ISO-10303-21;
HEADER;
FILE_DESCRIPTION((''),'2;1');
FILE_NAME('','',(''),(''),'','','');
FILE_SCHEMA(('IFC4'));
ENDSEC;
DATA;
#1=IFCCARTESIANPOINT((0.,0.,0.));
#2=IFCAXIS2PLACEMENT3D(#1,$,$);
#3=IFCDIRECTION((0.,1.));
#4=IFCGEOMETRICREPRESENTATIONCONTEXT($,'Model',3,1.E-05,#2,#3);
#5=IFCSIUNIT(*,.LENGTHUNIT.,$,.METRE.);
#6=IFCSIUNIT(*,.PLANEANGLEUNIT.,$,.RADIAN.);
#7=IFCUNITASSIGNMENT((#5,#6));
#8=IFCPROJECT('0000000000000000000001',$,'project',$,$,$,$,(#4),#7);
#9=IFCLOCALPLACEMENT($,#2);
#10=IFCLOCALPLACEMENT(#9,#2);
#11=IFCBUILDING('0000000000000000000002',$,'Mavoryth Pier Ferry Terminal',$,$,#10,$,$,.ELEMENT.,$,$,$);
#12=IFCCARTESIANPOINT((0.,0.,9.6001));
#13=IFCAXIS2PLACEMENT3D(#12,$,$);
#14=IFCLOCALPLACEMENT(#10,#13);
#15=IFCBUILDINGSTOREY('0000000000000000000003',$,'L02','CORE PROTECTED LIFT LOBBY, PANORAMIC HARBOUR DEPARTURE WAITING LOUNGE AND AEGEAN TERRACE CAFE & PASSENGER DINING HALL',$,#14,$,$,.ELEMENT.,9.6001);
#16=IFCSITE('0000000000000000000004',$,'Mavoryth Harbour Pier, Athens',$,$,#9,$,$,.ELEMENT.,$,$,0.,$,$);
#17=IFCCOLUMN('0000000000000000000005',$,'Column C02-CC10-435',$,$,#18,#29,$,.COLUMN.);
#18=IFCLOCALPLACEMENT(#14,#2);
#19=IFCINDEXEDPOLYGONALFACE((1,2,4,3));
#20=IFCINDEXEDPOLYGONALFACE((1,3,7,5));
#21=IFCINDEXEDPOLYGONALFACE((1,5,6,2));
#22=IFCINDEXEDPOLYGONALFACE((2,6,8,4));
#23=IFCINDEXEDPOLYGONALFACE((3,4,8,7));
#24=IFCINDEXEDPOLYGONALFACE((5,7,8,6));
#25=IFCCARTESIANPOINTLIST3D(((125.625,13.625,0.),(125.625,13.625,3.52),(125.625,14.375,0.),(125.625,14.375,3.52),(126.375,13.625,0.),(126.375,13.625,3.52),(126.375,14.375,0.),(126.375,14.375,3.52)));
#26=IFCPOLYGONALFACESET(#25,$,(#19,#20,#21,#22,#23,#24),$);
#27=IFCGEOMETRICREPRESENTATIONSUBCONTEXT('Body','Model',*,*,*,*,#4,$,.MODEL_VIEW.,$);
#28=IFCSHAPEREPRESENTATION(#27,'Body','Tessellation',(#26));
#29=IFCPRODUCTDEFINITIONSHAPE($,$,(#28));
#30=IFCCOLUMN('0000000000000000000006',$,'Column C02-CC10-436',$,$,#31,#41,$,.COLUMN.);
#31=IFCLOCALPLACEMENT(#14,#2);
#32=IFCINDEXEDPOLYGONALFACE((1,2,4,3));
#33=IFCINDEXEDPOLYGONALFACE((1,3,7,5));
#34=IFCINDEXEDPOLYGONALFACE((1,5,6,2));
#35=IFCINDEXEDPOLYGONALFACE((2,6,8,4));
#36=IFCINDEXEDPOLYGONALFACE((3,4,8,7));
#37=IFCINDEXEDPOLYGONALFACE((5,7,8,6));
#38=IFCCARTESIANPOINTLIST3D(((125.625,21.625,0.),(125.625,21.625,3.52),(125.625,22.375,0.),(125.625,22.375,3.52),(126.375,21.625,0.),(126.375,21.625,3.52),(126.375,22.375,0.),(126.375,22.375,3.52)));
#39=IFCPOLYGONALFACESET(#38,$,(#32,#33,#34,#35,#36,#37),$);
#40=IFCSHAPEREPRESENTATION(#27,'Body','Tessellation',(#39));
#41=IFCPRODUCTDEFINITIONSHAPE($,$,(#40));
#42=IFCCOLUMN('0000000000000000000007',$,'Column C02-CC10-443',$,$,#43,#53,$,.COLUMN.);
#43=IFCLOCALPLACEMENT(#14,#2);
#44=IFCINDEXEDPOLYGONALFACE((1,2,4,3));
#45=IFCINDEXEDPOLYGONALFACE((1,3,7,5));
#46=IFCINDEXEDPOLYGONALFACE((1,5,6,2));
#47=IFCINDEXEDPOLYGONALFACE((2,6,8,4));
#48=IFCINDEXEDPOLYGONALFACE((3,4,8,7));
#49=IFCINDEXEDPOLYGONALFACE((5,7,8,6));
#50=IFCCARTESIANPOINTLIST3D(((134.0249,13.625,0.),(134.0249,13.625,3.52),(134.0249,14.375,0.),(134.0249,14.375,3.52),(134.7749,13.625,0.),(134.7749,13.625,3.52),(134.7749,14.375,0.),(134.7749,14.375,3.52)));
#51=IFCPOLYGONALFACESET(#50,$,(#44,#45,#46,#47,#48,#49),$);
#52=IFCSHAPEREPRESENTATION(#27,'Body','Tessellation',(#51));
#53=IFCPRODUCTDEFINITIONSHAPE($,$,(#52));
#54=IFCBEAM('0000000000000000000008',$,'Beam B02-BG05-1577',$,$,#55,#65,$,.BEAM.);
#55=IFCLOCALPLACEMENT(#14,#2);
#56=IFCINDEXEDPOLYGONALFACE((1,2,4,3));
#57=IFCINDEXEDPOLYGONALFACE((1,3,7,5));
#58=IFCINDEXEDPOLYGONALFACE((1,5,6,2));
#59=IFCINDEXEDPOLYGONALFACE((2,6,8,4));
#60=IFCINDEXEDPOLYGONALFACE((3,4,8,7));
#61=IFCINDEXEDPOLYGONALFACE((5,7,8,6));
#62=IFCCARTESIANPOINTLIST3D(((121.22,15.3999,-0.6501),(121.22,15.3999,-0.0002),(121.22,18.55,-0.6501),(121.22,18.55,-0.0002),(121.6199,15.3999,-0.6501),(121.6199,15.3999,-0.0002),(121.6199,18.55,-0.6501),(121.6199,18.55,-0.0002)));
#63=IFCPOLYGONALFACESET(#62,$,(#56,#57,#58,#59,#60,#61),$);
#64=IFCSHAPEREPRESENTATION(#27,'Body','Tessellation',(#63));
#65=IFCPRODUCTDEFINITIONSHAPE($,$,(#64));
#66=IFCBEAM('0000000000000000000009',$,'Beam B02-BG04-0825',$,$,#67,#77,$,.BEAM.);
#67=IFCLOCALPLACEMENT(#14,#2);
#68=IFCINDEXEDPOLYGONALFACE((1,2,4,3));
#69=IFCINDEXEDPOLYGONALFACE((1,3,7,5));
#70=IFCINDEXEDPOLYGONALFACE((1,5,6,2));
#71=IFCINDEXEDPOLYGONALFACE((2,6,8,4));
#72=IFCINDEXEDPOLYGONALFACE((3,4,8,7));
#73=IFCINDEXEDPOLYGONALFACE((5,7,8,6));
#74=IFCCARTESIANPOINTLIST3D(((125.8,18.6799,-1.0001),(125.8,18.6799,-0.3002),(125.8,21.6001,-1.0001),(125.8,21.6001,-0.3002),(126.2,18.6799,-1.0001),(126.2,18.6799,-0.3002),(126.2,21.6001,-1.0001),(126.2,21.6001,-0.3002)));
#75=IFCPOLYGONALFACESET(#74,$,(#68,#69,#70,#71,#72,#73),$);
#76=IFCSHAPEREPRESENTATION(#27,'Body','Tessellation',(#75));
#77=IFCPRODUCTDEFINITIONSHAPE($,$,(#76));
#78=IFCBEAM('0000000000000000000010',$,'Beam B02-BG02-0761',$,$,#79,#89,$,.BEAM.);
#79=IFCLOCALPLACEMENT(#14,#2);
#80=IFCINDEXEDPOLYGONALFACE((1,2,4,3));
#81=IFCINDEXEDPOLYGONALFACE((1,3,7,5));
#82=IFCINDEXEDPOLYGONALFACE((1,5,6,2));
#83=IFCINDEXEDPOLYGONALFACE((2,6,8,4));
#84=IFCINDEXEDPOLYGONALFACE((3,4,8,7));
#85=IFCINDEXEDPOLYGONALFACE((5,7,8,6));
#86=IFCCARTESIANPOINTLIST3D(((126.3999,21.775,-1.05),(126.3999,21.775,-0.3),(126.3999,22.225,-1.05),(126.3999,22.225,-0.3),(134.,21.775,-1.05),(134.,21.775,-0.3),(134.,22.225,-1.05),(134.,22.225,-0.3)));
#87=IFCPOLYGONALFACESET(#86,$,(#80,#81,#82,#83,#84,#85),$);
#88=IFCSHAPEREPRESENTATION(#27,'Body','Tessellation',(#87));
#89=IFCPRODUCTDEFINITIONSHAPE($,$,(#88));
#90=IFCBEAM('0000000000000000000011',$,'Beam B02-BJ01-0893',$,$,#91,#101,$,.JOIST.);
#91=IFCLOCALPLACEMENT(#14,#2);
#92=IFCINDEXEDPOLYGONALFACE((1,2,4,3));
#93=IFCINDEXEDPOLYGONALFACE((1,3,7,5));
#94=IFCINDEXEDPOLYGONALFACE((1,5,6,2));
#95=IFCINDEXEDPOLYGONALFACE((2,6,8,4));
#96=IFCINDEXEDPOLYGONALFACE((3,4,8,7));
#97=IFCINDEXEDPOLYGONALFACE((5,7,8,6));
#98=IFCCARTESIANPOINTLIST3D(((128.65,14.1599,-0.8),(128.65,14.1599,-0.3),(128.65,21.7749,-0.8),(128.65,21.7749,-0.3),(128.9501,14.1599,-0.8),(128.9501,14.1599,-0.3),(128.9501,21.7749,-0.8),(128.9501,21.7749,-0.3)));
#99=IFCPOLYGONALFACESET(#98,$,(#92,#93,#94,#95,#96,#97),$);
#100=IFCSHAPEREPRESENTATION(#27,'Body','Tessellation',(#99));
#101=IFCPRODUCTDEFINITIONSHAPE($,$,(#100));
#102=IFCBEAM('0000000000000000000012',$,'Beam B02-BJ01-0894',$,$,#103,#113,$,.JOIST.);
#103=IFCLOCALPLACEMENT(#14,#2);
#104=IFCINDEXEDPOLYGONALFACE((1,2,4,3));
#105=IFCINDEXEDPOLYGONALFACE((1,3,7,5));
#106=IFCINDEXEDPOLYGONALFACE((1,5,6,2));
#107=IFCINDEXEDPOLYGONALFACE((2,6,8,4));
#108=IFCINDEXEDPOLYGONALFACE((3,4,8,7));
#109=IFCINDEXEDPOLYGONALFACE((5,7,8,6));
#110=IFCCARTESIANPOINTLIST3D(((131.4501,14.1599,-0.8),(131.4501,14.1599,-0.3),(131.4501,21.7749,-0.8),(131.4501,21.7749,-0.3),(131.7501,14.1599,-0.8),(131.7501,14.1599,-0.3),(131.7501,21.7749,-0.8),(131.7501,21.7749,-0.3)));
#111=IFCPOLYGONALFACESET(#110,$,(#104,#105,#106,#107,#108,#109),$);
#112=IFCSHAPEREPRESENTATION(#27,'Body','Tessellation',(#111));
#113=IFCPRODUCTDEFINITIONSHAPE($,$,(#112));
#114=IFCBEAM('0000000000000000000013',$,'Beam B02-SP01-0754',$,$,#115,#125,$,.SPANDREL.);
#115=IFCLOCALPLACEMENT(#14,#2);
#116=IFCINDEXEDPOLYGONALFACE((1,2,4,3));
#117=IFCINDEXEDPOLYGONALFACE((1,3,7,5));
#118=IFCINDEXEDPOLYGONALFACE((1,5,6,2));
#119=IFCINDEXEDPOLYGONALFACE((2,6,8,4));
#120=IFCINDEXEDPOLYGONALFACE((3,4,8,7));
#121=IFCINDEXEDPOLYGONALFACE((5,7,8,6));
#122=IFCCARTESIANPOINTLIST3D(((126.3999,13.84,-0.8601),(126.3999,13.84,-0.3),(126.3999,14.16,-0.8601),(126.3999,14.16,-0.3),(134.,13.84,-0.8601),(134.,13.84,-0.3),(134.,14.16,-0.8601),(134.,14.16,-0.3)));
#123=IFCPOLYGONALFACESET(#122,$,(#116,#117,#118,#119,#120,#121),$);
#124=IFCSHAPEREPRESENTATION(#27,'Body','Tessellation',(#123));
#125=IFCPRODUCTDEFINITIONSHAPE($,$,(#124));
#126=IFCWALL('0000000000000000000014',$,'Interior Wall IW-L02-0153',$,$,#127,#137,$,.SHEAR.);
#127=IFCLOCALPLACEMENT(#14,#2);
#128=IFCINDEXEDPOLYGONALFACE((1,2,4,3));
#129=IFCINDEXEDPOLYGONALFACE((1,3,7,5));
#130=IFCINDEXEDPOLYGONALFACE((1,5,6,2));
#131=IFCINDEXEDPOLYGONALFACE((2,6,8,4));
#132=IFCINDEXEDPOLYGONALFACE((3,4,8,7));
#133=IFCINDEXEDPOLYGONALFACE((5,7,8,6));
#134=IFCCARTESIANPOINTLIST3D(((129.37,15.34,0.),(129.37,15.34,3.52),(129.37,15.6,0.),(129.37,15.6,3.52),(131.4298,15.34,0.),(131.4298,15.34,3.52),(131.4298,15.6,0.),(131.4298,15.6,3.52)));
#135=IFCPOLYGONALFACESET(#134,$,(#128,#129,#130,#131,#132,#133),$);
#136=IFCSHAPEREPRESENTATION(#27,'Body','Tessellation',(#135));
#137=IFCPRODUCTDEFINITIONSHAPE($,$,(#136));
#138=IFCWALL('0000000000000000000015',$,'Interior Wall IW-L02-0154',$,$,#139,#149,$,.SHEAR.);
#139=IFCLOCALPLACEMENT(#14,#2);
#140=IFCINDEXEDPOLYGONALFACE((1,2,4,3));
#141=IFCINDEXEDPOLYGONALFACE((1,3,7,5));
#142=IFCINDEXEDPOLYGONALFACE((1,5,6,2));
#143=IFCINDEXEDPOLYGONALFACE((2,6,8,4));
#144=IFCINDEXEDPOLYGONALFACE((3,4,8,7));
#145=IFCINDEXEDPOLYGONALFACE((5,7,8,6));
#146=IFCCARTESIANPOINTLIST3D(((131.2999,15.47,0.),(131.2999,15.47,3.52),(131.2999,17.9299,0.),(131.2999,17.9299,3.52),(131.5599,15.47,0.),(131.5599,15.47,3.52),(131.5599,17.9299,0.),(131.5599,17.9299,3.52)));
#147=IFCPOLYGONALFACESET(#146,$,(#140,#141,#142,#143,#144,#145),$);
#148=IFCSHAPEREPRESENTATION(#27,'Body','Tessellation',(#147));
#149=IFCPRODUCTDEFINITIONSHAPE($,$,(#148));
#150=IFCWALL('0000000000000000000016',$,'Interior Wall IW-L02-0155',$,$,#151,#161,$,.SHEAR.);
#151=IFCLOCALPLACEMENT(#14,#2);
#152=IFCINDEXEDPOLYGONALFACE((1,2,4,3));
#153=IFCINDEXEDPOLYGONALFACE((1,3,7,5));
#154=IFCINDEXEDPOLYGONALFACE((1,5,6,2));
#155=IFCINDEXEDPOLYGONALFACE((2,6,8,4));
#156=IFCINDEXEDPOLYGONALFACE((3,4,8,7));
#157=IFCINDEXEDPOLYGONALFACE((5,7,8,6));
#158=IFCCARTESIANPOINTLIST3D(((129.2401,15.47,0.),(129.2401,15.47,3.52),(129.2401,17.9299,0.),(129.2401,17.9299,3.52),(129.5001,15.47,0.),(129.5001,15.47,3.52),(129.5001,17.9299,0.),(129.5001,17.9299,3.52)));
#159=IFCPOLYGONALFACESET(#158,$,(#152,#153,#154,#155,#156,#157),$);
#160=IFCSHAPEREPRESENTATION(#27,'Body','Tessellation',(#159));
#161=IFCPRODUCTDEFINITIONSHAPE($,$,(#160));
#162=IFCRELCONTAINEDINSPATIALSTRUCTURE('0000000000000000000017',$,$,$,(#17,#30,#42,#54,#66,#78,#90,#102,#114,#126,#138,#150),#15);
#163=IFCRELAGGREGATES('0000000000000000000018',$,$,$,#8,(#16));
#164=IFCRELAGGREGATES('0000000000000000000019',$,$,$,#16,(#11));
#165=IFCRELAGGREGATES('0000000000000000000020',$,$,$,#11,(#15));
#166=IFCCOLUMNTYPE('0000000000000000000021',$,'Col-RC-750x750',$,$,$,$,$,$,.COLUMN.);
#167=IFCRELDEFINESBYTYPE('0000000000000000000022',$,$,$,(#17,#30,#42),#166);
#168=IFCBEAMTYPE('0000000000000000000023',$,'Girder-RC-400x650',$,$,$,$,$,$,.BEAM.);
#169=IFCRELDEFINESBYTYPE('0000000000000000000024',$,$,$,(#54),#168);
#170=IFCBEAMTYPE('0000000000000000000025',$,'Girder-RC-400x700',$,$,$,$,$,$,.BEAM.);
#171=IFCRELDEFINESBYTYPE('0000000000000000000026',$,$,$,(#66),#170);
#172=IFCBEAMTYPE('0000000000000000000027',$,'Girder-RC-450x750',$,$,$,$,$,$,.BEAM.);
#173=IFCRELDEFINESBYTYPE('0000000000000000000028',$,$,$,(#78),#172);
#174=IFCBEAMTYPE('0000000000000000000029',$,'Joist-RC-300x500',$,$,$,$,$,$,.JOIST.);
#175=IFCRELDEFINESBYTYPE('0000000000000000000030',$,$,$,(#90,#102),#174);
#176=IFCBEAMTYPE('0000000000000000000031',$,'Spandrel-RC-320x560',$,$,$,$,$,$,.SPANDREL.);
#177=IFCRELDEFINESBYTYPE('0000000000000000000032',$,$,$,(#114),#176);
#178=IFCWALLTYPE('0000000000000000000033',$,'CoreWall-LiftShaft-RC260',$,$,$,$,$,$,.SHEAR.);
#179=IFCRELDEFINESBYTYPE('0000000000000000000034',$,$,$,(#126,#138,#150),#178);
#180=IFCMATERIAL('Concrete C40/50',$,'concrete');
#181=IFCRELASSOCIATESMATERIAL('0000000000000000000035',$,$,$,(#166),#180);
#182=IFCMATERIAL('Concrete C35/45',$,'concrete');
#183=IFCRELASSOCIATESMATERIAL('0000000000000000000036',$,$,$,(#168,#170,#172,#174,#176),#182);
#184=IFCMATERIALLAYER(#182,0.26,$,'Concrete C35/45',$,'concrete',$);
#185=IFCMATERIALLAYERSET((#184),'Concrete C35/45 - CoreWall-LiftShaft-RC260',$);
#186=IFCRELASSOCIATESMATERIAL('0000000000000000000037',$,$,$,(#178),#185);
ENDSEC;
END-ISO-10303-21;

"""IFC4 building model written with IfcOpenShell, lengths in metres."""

from ifc_helpers import new_model, si_unit, direction, frame, frame_2d, origin, origin_2d, place, context, subcontext, project, spatial, rectangle, extrude, material, layer, layer_set, material_profile, profile_set, type_object, element, save


model = new_model("IFC4")

# Units and contexts
model_context = context("Model", 3, precision=1e-05, world=origin(), true_north=direction((0.0, 1.0)))
body_context = subcontext(model_context, "Body", "Model", "MODEL_VIEW")
ifc_project = project(units=[si_unit("LENGTHUNIT", "METRE"), si_unit("PLANEANGLEUNIT", "RADIAN")], contexts=[model_context])

# Site, building, storey
site_placement = place(None, origin())
site = spatial("IfcSite", under=ifc_project, at=site_placement, Name="Mavoryth Harbour Pier, Athens", CompositionType="ELEMENT", RefElevation=0.0)
building_placement = place(site_placement, origin())
building = spatial("IfcBuilding", under=site, at=building_placement, Name="Mavoryth Pier Ferry Terminal", CompositionType="ELEMENT")
storey_placement = place(building_placement, frame((0.0, 0.0, 9.6001)))
storey = spatial("IfcBuildingStorey", under=building, at=storey_placement, Name="L02", Description="CORE PROTECTED LIFT LOBBY, PANORAMIC HARBOUR DEPARTURE WAITING LOUNGE AND AEGEAN TERRACE CAFE & PASSENGER DINING HALL", CompositionType="ELEMENT", Elevation=9.6001)

# Columns
ifc_material_1 = material(Name="Concrete C40/50", Category="concrete")
ifc_material_profile_1 = material_profile(ifc_material_1, rectangle(XDim=0.75, YDim=0.75, at=origin_2d()), Name="RC 750x750", Category="concrete")
ifc_profile_set_1 = profile_set([ifc_material_profile_1], Name="Concrete C40/50 - RC 750x750")
column_type = type_object("IfcColumnType", Name="Col-RC-750x750", PredefinedType="COLUMN", material=ifc_profile_set_1)
for number, where, z_axis, x_axis, name in (
    (1, (126.0, 14.0, 0.0), (0.0, 0.0, 1.0), (1.0, 0.0, 0.0), "Column C02-CC10-435"),
    (2, (126.0, 22.0, 0.0), (0.0, 0.0, 1.0), (1.0, 0.0, 0.0), "Column C02-CC10-436"),
    (3, (134.3999, 14.0, 0.0), (0.0, 0.0, 1.0), (1.0, 0.0, 0.0), "Column C02-CC10-443"),
):
    element("IfcColumn", number, at=place(storey_placement, frame(where, z_axis=z_axis, x_axis=x_axis)), inside=storey, type_object=column_type, Name=name, PredefinedType="COLUMN", context=body_context, shape_type="SweptSolid", body=[
        extrude(rectangle(XDim=0.75, YDim=0.75, at=origin_2d()), origin(), (0.0, 0.0, 1.0), 3.52),
    ])

# Beams
ifc_material_2 = material(Name="Concrete C35/45", Category="concrete")
ifc_material_profile_2 = material_profile(ifc_material_2, rectangle(XDim=0.3999, YDim=0.6499, at=origin_2d()), Name="RC 400x650", Category="concrete")
ifc_profile_set_2 = profile_set([ifc_material_profile_2], Name="Concrete C35/45 - RC 400x650")
beam_type_1 = type_object("IfcBeamType", Name="Girder-RC-400x650", PredefinedType="BEAM", material=ifc_profile_set_2)
beam_1_placement = place(storey_placement, frame((121.4199, 15.3999, -0.3252), z_axis=(0.0, 1.0, 0.0), x_axis=(-1.0, 0.0, 0.0)))
element("IfcBeam", 4, at=beam_1_placement, inside=storey, type_object=beam_type_1, Name="Beam B02-BG05-1577", PredefinedType="BEAM", context=body_context, shape_type="SweptSolid", body=[
    extrude(rectangle(XDim=0.3999, YDim=0.6499, at=origin_2d()), origin(), (0.0, 0.0, 1.0), 3.1501),
])
ifc_material_profile_3 = material_profile(ifc_material_2, rectangle(XDim=0.3999, YDim=0.7, at=origin_2d()), Name="RC 400x700", Category="concrete")
ifc_profile_set_3 = profile_set([ifc_material_profile_3], Name="Concrete C35/45 - RC 400x700")
beam_type_2 = type_object("IfcBeamType", Name="Girder-RC-400x700", PredefinedType="BEAM", material=ifc_profile_set_3)
beam_2_placement = place(storey_placement, frame((126.0, 18.6799, -0.6501), z_axis=(0.0, 1.0, 0.0), x_axis=(-1.0, 0.0, 0.0)))
element("IfcBeam", 5, at=beam_2_placement, inside=storey, type_object=beam_type_2, Name="Beam B02-BG04-0825", PredefinedType="BEAM", context=body_context, shape_type="SweptSolid", body=[
    extrude(rectangle(XDim=0.3999, YDim=0.7, at=origin_2d()), origin(), (0.0, 0.0, 1.0), 2.9202),
])
ifc_material_profile_4 = material_profile(ifc_material_2, rectangle(XDim=0.45, YDim=0.75, at=origin_2d()), Name="RC 450x750", Category="concrete")
ifc_profile_set_4 = profile_set([ifc_material_profile_4], Name="Concrete C35/45 - RC 450x750")
beam_type_3 = type_object("IfcBeamType", Name="Girder-RC-450x750", PredefinedType="BEAM", material=ifc_profile_set_4)
beam_3_placement = place(storey_placement, frame((126.3999, 22.0, -0.675), z_axis=(1.0, 0.0, 0.0), x_axis=(0.0, 1.0, 0.0)))
element("IfcBeam", 6, at=beam_3_placement, inside=storey, type_object=beam_type_3, Name="Beam B02-BG02-0761", PredefinedType="BEAM", context=body_context, shape_type="SweptSolid", body=[
    extrude(rectangle(XDim=0.45, YDim=0.75, at=origin_2d()), origin(), (0.0, 0.0, 1.0), 7.6001),
])
ifc_material_profile_5 = material_profile(ifc_material_2, rectangle(XDim=0.3, YDim=0.5, at=origin_2d()), Name="RC 300x500", Category="concrete")
ifc_profile_set_5 = profile_set([ifc_material_profile_5], Name="Concrete C35/45 - RC 300x500")
beam_type_4 = type_object("IfcBeamType", Name="Joist-RC-300x500", PredefinedType="JOIST", material=ifc_profile_set_5)
for number, where, z_axis, x_axis, name in (
    (7, (128.8, 14.1599, -0.55), (0.0, 1.0, 0.0), (-1.0, 0.0, 0.0), "Beam B02-BJ01-0893"),
    (8, (131.6001, 14.1599, -0.55), (0.0, 1.0, 0.0), (-1.0, 0.0, 0.0), "Beam B02-BJ01-0894"),
):
    element("IfcBeam", number, at=place(storey_placement, frame(where, z_axis=z_axis, x_axis=x_axis)), inside=storey, type_object=beam_type_4, Name=name, PredefinedType="JOIST", context=body_context, shape_type="SweptSolid", body=[
        extrude(rectangle(XDim=0.3, YDim=0.5, at=origin_2d()), origin(), (0.0, 0.0, 1.0), 7.615),
    ])
ifc_material_profile_6 = material_profile(ifc_material_2, rectangle(XDim=0.3201, YDim=0.5601, at=origin_2d()), Name="RC 320x560", Category="concrete")
ifc_profile_set_6 = profile_set([ifc_material_profile_6], Name="Concrete C35/45 - RC 320x560")
beam_type_5 = type_object("IfcBeamType", Name="Spandrel-RC-320x560", PredefinedType="SPANDREL", material=ifc_profile_set_6)
beam_4_placement = place(storey_placement, frame((126.3999, 14.0, -0.5801), z_axis=(1.0, 0.0, 0.0), x_axis=(0.0, 1.0, 0.0)))
element("IfcBeam", 9, at=beam_4_placement, inside=storey, type_object=beam_type_5, Name="Beam B02-SP01-0754", PredefinedType="SPANDREL", context=body_context, shape_type="SweptSolid", body=[
    extrude(rectangle(XDim=0.3201, YDim=0.5601, at=origin_2d()), origin(), (0.0, 0.0, 1.0), 7.6001),
])

# Walls
ifc_layer_1 = layer(ifc_material_2, 0.26, Name="Concrete C35/45", Category="concrete")
ifc_layer_set_1 = layer_set([ifc_layer_1], Name="Concrete C35/45 - CoreWall-LiftShaft-RC260")
wall_type_1 = type_object("IfcWallType", Name="CoreWall-LiftShaft-RC260", PredefinedType="SHEAR", material=ifc_layer_set_1)
wall_1_placement = place(storey_placement, frame((129.3701, 15.47, 0.0), z_axis=(0.0, 0.0, 1.0), x_axis=(1.0, 0.0, 0.0)))
element("IfcWall", 10, at=wall_1_placement, inside=storey, type_object=wall_type_1, Name="Interior Wall IW-L02-0153", PredefinedType="SHEAR", context=body_context, shape_type="SweptSolid", body=[
    extrude(rectangle(XDim=2.0598, YDim=0.26, at=frame_2d((1.0298, 0.0))), origin(), (0.0, 0.0, 1.0), 3.52),
])
for number, where, z_axis, x_axis, name in (
    (11, (131.4299, 15.47, 0.0), (0.0, 0.0, 1.0), (0.0, 1.0, 0.0), "Interior Wall IW-L02-0154"),
    (12, (129.3701, 17.9299, 0.0), (0.0, 0.0, 1.0), (0.0, -1.0, 0.0), "Interior Wall IW-L02-0155"),
):
    element("IfcWall", number, at=place(storey_placement, frame(where, z_axis=z_axis, x_axis=x_axis)), inside=storey, type_object=wall_type_1, Name=name, PredefinedType="SHEAR", context=body_context, shape_type="SweptSolid", body=[
        extrude(rectangle(XDim=2.46, YDim=0.26, at=frame_2d((1.23, 0.0))), origin(), (0.0, 0.0, 1.0), 3.52),
    ])

save(model, "model.ifc")
